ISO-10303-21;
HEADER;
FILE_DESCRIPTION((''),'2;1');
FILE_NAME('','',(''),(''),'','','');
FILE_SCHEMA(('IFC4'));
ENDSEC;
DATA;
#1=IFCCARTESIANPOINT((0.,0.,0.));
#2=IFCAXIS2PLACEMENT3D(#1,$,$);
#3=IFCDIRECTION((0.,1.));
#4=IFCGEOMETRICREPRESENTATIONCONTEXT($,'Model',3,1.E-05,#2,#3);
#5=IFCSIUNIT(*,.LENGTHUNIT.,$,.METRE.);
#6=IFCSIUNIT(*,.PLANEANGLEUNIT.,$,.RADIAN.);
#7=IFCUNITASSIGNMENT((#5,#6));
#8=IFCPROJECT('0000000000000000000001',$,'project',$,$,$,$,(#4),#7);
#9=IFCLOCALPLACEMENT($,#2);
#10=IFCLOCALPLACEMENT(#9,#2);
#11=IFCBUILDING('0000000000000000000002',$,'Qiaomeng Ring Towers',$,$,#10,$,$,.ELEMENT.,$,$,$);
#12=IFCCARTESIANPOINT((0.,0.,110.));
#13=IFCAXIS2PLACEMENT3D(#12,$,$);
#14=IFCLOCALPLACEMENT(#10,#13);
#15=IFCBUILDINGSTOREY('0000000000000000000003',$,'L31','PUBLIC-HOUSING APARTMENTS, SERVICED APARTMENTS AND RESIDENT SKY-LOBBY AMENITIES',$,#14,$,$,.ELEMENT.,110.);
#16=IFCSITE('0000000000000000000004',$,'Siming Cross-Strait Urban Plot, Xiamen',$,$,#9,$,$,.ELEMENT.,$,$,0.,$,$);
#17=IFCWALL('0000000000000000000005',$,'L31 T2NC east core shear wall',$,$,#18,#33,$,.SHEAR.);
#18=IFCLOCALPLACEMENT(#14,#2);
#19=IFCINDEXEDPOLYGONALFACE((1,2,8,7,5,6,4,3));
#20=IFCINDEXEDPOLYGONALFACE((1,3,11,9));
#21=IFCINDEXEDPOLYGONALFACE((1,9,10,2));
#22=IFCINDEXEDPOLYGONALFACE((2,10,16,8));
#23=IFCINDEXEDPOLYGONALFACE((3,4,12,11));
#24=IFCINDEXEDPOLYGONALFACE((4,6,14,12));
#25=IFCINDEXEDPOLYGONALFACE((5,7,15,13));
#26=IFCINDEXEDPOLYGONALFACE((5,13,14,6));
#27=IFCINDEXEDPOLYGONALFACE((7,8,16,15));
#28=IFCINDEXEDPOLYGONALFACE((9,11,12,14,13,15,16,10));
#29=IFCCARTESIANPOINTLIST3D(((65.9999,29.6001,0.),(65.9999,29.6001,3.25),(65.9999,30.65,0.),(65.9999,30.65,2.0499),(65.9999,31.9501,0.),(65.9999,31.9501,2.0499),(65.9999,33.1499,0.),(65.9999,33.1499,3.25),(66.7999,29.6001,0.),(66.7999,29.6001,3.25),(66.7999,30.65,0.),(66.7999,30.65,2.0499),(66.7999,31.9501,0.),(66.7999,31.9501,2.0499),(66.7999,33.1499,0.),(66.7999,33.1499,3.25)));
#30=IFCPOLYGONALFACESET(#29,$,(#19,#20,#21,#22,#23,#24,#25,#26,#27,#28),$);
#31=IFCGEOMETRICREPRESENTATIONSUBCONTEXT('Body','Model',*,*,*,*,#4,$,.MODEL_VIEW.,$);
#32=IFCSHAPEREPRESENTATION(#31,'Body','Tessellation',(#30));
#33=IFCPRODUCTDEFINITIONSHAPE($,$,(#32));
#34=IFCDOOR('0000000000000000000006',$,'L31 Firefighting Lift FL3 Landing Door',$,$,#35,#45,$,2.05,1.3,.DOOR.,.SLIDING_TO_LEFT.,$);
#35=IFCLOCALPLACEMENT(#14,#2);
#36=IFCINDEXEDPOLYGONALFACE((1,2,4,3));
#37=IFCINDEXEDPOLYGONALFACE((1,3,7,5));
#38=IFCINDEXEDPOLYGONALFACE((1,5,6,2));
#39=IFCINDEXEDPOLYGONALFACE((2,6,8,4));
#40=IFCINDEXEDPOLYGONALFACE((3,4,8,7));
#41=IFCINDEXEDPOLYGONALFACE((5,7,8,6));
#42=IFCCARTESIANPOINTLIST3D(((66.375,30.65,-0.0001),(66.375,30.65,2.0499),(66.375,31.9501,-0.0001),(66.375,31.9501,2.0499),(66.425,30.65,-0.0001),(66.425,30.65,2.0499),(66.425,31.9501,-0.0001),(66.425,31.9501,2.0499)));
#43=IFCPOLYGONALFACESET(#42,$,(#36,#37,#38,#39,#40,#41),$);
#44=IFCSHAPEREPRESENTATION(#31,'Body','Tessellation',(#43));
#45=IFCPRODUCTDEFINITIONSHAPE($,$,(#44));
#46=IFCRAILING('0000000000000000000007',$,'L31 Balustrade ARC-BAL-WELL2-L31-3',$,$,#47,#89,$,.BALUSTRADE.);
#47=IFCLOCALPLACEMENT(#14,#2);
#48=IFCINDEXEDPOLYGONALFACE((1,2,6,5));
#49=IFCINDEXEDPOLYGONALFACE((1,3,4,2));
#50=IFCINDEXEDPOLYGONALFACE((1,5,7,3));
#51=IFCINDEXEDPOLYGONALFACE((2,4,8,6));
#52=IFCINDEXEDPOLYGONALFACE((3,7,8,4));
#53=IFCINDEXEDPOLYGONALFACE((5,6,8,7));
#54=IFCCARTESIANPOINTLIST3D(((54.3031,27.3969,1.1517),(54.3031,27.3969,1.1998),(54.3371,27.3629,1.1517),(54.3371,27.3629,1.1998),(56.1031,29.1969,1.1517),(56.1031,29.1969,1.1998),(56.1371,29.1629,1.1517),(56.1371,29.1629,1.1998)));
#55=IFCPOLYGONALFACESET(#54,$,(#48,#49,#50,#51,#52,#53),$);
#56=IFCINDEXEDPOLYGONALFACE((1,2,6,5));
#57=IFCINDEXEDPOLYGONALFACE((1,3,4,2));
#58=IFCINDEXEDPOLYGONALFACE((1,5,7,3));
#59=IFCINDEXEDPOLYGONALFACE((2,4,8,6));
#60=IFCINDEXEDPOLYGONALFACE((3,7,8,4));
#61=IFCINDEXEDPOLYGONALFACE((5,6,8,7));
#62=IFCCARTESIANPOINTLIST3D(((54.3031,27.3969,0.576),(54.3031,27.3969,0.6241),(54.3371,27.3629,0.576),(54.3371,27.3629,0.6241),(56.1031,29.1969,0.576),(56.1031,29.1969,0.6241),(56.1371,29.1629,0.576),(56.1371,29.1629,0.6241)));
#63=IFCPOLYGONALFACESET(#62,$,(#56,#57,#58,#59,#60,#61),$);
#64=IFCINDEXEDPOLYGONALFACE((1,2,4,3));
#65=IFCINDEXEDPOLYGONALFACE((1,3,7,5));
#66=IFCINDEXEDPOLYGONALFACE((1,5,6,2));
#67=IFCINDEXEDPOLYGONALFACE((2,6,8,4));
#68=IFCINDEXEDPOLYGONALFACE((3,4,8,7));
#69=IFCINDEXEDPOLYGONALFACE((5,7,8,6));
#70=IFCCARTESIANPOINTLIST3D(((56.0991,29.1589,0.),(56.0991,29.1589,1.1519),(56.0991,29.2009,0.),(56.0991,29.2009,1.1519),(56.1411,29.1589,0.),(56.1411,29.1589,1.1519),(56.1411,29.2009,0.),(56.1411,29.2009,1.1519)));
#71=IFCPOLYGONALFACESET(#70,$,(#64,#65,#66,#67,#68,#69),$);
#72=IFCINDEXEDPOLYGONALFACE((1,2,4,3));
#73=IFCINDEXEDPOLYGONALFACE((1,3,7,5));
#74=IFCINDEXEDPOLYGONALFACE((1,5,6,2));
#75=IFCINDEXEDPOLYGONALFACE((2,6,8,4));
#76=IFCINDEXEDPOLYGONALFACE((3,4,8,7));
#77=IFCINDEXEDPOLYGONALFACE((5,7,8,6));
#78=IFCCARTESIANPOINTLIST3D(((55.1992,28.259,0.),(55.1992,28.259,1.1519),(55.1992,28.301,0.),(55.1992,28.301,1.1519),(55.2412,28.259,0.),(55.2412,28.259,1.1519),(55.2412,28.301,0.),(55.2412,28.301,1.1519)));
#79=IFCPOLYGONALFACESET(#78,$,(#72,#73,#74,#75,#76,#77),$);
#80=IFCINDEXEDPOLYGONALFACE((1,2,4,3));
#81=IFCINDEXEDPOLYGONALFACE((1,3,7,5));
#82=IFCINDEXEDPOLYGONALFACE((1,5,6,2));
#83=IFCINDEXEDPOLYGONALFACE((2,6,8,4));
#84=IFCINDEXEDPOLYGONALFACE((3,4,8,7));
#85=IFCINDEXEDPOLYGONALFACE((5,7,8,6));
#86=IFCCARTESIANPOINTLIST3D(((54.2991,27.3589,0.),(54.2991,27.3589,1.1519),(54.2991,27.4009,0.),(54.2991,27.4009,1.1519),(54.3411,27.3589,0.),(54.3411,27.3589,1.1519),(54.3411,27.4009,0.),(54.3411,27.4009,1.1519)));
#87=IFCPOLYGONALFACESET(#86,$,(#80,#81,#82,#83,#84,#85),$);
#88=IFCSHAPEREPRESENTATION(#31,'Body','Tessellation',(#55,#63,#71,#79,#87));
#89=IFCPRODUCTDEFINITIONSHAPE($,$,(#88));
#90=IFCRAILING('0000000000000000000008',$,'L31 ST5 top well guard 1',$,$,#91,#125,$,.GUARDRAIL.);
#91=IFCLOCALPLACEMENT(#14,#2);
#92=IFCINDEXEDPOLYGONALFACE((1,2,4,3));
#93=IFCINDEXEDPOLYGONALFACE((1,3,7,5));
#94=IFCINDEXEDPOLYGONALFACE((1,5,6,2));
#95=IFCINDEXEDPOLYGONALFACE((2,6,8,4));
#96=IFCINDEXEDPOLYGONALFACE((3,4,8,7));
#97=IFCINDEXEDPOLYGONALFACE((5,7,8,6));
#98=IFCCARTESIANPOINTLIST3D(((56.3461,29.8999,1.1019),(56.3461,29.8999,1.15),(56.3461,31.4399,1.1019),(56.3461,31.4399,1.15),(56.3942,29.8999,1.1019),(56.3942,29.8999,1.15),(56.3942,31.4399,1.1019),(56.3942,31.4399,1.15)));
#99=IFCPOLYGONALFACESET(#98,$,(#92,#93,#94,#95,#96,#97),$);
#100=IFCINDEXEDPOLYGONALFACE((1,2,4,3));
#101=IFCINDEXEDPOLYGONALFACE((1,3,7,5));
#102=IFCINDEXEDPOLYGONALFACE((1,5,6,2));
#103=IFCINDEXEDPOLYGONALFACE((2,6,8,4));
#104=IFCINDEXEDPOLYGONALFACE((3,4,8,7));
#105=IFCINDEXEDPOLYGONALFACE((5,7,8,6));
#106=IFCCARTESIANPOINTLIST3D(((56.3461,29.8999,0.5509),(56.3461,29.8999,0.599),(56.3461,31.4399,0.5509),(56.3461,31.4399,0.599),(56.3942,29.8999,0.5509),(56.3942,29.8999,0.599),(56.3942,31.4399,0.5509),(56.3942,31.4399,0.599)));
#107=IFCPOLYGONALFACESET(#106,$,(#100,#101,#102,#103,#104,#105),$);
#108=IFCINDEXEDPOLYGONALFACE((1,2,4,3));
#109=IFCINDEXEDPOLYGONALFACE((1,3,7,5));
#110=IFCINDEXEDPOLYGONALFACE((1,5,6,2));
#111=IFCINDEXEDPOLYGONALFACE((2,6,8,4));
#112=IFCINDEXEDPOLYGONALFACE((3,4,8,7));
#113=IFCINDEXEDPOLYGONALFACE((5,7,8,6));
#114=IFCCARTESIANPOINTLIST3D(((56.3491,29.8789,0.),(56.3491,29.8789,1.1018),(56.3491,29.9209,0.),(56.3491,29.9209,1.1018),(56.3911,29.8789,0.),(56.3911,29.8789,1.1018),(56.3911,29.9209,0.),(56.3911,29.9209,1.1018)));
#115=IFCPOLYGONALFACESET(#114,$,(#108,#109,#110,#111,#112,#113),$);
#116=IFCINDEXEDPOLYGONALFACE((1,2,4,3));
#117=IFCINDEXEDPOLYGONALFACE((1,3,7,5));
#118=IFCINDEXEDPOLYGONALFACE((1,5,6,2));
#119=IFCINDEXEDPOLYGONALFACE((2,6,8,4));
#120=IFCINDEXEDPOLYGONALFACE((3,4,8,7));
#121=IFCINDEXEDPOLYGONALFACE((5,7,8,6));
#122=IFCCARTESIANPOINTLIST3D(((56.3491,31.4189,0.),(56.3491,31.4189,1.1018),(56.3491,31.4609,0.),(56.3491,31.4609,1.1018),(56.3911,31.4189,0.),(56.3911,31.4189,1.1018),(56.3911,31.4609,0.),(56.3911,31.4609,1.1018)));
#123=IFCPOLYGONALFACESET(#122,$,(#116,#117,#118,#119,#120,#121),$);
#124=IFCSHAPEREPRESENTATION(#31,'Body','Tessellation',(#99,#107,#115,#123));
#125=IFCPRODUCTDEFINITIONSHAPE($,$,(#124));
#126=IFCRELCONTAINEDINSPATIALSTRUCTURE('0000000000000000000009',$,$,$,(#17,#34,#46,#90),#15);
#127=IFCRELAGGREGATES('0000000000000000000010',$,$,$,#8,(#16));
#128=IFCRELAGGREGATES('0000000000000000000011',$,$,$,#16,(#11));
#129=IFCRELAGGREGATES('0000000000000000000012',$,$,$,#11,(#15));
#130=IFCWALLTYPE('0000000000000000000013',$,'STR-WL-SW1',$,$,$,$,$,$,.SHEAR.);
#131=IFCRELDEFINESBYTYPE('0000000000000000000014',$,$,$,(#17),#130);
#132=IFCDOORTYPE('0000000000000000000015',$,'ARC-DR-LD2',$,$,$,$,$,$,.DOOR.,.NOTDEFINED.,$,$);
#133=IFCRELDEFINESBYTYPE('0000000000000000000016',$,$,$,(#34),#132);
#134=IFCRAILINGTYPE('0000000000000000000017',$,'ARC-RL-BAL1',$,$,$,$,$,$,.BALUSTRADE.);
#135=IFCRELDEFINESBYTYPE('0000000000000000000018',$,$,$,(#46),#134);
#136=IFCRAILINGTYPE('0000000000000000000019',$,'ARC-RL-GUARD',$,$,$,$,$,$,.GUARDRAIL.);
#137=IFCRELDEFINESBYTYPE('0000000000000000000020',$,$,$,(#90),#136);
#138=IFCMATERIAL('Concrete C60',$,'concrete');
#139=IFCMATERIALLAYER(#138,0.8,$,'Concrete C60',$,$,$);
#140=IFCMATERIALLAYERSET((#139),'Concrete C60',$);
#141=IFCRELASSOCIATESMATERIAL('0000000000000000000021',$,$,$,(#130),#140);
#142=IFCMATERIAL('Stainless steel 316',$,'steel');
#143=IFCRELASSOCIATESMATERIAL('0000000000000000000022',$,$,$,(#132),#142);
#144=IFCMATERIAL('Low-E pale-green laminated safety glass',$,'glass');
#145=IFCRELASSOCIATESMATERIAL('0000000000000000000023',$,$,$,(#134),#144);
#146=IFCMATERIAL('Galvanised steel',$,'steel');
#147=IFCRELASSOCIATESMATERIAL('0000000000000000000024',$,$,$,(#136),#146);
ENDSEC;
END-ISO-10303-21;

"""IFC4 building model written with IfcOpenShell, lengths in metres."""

from ifc_helpers import new_model, si_unit, direction, frame, frame_2d, origin, origin_2d, place, context, subcontext, project, spatial, rectangle, extrude, source, transform, mapped, material, layer, layer_set, type_object, element, fill, save


model = new_model("IFC4")

# Units and contexts
model_context = context("Model", 3, precision=1e-05, world=origin(), true_north=direction((0.0, 1.0)))
body_context = subcontext(model_context, "Body", "Model", "MODEL_VIEW")
ifc_project = project(units=[si_unit("LENGTHUNIT", "METRE"), si_unit("PLANEANGLEUNIT", "RADIAN")], contexts=[model_context])

# Site, building, storey
site_placement = place(None, origin())
site = spatial("IfcSite", under=ifc_project, at=site_placement, Name="Siming Cross-Strait Urban Plot, Xiamen", CompositionType="ELEMENT", RefElevation=0.0)
building_placement = place(site_placement, origin())
building = spatial("IfcBuilding", under=site, at=building_placement, Name="Qiaomeng Ring Towers", CompositionType="ELEMENT")
storey_placement = place(building_placement, frame((0.0, 0.0, 110.0)))
storey = spatial("IfcBuildingStorey", under=building, at=storey_placement, Name="L31", Description="PUBLIC-HOUSING APARTMENTS, SERVICED APARTMENTS AND RESIDENT SKY-LOBBY AMENITIES", CompositionType="ELEMENT", Elevation=110.0)

# Wall, opening, door
ifc_material_1 = material(Name="Concrete C60", Category="concrete")
ifc_layer_1 = layer(ifc_material_1, 0.8, Name="Concrete C60")
ifc_layer_set_1 = layer_set([ifc_layer_1], Name="Concrete C60")
wall_type_1 = type_object("IfcWallType", Name="STR-WL-SW1", PredefinedType="SHEAR", material=ifc_layer_set_1)
ifc_material_2 = material(Name="Galvanised steel", Category="steel")
wall_1_placement = place(storey_placement, frame((66.3999, 29.6001, 0.0), z_axis=(0.0, 0.0, 1.0), x_axis=(0.0, 1.0, 0.0)))
wall_1 = element("IfcWall", 1, at=wall_1_placement, inside=storey, type_object=wall_type_1, Name="L31 T2NC east core shear wall", PredefinedType="SHEAR", context=body_context, shape_type="SweptSolid", body=[
    extrude(rectangle(XDim=3.5498, YDim=0.8, at=frame_2d((1.7749, 0.0))), origin(), (0.0, 0.0, 1.0), 3.25),
])
opening_1_placement = place(wall_1_placement, frame((1.05, 0.0, 0.0)))
opening_1 = element("IfcOpeningElement", 2, at=opening_1_placement, cuts=wall_1, PredefinedType="OPENING", context=body_context, shape_type="SweptSolid", body=[
    extrude(rectangle(XDim=1.3, YDim=2.05, at=frame_2d((0.6499, 1.0249))), frame((0.0, 0.4099, 0.0), z_axis=(0.0, -1.0, 0.0), x_axis=(1.0, 0.0, 0.0)), (0.0, 0.0, 1.0), 0.8201),
])
ifc_material_3 = material(Name="Stainless steel 316", Category="steel")
door_type_1 = type_object("IfcDoorType", Name="ARC-DR-LD2", OperationType="NOTDEFINED", PredefinedType="DOOR", material=ifc_material_3)
shared_shape_1 = source(origin(), body_context, "Body", "SweptSolid", [
    extrude(rectangle(XDim=1.3, YDim=2.05, at=frame_2d((0.6499, 1.0249))), frame((0.0, 0.0249, 0.0), z_axis=(0.0, -1.0, 0.0), x_axis=(1.0, 0.0, 0.0)), (0.0, 0.0, 1.0), 0.05),
])
door_1_placement = place(opening_1_placement, origin())
door_1 = element("IfcDoor", 3, at=door_1_placement, inside=storey, type_object=door_type_1, Name="L31 Firefighting Lift FL3 Landing Door", OperationType="SLIDING_TO_LEFT", OverallHeight=2.05, OverallWidth=1.3, PredefinedType="DOOR", context=body_context, shape_type="MappedRepresentation", body=[
    mapped(shared_shape_1, transform((0.0, 0.0, 0.0), x_axis=(1.0, 0.0, 0.0), y_axis=(0.0, 1.0, 0.0), z_axis=(0.0, 0.0, 1.0), scale=1.0)),
])
fill(opening_1, door_1)

# Railings
ifc_material_4 = material(Name="Low-E pale-green laminated safety glass", Category="glass")
railing_type_1 = type_object("IfcRailingType", Name="ARC-RL-BAL1", PredefinedType="BALUSTRADE", material=ifc_material_4)
railing_1_placement = place(storey_placement, frame((56.1201, 29.1799, 0.0)))
element("IfcRailing", 4, at=railing_1_placement, inside=storey, type_object=railing_type_1, Name="L31 Balustrade ARC-BAL-WELL2-L31-3", PredefinedType="BALUSTRADE", context=body_context, shape_type="SweptSolid", body=[
    extrude(rectangle(XDim=0.0481, YDim=0.0481, at=origin_2d()), frame((0.0, 0.0, 1.1758), z_axis=(-0.707107, -0.707107, 0.0), x_axis=(0.707107, -0.707107, 0.0)), (0.0, 0.0, 1.0), 2.5457),
    extrude(rectangle(XDim=0.0481, YDim=0.0481, at=origin_2d()), frame((0.0, 0.0, 0.6001), z_axis=(-0.707107, -0.707107, 0.0), x_axis=(0.707107, -0.707107, 0.0)), (0.0, 0.0, 1.0), 2.5457),
    extrude(rectangle(XDim=0.042, YDim=0.042, at=origin_2d()), origin(), (0.0, 0.0, 1.0), 1.1519),
    extrude(rectangle(XDim=0.042, YDim=0.042, at=origin_2d()), frame((-0.8999, -0.8999, 0.0)), (0.0, 0.0, 1.0), 1.1519),
    extrude(rectangle(XDim=0.042, YDim=0.042, at=origin_2d()), frame((-1.8, -1.8, 0.0)), (0.0, 0.0, 1.0), 1.1519),
])
railing_type_2 = type_object("IfcRailingType", Name="ARC-RL-GUARD", PredefinedType="GUARDRAIL", material=ifc_material_2)
railing_2_placement = place(storey_placement, frame((56.3701, 29.8999, 0.0)))
element("IfcRailing", 5, at=railing_2_placement, inside=storey, type_object=railing_type_2, Name="L31 ST5 top well guard 1", PredefinedType="GUARDRAIL", context=body_context, shape_type="SweptSolid", body=[
    extrude(rectangle(XDim=0.0481, YDim=0.0481, at=origin_2d()), frame((0.0, 0.0, 1.126), z_axis=(0.0, 1.0, 0.0), x_axis=(-1.0, 0.0, 0.0)), (0.0, 0.0, 1.0), 1.54),
    extrude(rectangle(XDim=0.0481, YDim=0.0481, at=origin_2d()), frame((0.0, 0.0, 0.575), z_axis=(0.0, 1.0, 0.0), x_axis=(-1.0, 0.0, 0.0)), (0.0, 0.0, 1.0), 1.54),
    extrude(rectangle(XDim=0.042, YDim=0.042, at=origin_2d()), origin(), (0.0, 0.0, 1.0), 1.1018),
    extrude(rectangle(XDim=0.042, YDim=0.042, at=origin_2d()), frame((0.0, 1.54, 0.0)), (0.0, 0.0, 1.0), 1.1018),
])

save(model, "model.ifc")
